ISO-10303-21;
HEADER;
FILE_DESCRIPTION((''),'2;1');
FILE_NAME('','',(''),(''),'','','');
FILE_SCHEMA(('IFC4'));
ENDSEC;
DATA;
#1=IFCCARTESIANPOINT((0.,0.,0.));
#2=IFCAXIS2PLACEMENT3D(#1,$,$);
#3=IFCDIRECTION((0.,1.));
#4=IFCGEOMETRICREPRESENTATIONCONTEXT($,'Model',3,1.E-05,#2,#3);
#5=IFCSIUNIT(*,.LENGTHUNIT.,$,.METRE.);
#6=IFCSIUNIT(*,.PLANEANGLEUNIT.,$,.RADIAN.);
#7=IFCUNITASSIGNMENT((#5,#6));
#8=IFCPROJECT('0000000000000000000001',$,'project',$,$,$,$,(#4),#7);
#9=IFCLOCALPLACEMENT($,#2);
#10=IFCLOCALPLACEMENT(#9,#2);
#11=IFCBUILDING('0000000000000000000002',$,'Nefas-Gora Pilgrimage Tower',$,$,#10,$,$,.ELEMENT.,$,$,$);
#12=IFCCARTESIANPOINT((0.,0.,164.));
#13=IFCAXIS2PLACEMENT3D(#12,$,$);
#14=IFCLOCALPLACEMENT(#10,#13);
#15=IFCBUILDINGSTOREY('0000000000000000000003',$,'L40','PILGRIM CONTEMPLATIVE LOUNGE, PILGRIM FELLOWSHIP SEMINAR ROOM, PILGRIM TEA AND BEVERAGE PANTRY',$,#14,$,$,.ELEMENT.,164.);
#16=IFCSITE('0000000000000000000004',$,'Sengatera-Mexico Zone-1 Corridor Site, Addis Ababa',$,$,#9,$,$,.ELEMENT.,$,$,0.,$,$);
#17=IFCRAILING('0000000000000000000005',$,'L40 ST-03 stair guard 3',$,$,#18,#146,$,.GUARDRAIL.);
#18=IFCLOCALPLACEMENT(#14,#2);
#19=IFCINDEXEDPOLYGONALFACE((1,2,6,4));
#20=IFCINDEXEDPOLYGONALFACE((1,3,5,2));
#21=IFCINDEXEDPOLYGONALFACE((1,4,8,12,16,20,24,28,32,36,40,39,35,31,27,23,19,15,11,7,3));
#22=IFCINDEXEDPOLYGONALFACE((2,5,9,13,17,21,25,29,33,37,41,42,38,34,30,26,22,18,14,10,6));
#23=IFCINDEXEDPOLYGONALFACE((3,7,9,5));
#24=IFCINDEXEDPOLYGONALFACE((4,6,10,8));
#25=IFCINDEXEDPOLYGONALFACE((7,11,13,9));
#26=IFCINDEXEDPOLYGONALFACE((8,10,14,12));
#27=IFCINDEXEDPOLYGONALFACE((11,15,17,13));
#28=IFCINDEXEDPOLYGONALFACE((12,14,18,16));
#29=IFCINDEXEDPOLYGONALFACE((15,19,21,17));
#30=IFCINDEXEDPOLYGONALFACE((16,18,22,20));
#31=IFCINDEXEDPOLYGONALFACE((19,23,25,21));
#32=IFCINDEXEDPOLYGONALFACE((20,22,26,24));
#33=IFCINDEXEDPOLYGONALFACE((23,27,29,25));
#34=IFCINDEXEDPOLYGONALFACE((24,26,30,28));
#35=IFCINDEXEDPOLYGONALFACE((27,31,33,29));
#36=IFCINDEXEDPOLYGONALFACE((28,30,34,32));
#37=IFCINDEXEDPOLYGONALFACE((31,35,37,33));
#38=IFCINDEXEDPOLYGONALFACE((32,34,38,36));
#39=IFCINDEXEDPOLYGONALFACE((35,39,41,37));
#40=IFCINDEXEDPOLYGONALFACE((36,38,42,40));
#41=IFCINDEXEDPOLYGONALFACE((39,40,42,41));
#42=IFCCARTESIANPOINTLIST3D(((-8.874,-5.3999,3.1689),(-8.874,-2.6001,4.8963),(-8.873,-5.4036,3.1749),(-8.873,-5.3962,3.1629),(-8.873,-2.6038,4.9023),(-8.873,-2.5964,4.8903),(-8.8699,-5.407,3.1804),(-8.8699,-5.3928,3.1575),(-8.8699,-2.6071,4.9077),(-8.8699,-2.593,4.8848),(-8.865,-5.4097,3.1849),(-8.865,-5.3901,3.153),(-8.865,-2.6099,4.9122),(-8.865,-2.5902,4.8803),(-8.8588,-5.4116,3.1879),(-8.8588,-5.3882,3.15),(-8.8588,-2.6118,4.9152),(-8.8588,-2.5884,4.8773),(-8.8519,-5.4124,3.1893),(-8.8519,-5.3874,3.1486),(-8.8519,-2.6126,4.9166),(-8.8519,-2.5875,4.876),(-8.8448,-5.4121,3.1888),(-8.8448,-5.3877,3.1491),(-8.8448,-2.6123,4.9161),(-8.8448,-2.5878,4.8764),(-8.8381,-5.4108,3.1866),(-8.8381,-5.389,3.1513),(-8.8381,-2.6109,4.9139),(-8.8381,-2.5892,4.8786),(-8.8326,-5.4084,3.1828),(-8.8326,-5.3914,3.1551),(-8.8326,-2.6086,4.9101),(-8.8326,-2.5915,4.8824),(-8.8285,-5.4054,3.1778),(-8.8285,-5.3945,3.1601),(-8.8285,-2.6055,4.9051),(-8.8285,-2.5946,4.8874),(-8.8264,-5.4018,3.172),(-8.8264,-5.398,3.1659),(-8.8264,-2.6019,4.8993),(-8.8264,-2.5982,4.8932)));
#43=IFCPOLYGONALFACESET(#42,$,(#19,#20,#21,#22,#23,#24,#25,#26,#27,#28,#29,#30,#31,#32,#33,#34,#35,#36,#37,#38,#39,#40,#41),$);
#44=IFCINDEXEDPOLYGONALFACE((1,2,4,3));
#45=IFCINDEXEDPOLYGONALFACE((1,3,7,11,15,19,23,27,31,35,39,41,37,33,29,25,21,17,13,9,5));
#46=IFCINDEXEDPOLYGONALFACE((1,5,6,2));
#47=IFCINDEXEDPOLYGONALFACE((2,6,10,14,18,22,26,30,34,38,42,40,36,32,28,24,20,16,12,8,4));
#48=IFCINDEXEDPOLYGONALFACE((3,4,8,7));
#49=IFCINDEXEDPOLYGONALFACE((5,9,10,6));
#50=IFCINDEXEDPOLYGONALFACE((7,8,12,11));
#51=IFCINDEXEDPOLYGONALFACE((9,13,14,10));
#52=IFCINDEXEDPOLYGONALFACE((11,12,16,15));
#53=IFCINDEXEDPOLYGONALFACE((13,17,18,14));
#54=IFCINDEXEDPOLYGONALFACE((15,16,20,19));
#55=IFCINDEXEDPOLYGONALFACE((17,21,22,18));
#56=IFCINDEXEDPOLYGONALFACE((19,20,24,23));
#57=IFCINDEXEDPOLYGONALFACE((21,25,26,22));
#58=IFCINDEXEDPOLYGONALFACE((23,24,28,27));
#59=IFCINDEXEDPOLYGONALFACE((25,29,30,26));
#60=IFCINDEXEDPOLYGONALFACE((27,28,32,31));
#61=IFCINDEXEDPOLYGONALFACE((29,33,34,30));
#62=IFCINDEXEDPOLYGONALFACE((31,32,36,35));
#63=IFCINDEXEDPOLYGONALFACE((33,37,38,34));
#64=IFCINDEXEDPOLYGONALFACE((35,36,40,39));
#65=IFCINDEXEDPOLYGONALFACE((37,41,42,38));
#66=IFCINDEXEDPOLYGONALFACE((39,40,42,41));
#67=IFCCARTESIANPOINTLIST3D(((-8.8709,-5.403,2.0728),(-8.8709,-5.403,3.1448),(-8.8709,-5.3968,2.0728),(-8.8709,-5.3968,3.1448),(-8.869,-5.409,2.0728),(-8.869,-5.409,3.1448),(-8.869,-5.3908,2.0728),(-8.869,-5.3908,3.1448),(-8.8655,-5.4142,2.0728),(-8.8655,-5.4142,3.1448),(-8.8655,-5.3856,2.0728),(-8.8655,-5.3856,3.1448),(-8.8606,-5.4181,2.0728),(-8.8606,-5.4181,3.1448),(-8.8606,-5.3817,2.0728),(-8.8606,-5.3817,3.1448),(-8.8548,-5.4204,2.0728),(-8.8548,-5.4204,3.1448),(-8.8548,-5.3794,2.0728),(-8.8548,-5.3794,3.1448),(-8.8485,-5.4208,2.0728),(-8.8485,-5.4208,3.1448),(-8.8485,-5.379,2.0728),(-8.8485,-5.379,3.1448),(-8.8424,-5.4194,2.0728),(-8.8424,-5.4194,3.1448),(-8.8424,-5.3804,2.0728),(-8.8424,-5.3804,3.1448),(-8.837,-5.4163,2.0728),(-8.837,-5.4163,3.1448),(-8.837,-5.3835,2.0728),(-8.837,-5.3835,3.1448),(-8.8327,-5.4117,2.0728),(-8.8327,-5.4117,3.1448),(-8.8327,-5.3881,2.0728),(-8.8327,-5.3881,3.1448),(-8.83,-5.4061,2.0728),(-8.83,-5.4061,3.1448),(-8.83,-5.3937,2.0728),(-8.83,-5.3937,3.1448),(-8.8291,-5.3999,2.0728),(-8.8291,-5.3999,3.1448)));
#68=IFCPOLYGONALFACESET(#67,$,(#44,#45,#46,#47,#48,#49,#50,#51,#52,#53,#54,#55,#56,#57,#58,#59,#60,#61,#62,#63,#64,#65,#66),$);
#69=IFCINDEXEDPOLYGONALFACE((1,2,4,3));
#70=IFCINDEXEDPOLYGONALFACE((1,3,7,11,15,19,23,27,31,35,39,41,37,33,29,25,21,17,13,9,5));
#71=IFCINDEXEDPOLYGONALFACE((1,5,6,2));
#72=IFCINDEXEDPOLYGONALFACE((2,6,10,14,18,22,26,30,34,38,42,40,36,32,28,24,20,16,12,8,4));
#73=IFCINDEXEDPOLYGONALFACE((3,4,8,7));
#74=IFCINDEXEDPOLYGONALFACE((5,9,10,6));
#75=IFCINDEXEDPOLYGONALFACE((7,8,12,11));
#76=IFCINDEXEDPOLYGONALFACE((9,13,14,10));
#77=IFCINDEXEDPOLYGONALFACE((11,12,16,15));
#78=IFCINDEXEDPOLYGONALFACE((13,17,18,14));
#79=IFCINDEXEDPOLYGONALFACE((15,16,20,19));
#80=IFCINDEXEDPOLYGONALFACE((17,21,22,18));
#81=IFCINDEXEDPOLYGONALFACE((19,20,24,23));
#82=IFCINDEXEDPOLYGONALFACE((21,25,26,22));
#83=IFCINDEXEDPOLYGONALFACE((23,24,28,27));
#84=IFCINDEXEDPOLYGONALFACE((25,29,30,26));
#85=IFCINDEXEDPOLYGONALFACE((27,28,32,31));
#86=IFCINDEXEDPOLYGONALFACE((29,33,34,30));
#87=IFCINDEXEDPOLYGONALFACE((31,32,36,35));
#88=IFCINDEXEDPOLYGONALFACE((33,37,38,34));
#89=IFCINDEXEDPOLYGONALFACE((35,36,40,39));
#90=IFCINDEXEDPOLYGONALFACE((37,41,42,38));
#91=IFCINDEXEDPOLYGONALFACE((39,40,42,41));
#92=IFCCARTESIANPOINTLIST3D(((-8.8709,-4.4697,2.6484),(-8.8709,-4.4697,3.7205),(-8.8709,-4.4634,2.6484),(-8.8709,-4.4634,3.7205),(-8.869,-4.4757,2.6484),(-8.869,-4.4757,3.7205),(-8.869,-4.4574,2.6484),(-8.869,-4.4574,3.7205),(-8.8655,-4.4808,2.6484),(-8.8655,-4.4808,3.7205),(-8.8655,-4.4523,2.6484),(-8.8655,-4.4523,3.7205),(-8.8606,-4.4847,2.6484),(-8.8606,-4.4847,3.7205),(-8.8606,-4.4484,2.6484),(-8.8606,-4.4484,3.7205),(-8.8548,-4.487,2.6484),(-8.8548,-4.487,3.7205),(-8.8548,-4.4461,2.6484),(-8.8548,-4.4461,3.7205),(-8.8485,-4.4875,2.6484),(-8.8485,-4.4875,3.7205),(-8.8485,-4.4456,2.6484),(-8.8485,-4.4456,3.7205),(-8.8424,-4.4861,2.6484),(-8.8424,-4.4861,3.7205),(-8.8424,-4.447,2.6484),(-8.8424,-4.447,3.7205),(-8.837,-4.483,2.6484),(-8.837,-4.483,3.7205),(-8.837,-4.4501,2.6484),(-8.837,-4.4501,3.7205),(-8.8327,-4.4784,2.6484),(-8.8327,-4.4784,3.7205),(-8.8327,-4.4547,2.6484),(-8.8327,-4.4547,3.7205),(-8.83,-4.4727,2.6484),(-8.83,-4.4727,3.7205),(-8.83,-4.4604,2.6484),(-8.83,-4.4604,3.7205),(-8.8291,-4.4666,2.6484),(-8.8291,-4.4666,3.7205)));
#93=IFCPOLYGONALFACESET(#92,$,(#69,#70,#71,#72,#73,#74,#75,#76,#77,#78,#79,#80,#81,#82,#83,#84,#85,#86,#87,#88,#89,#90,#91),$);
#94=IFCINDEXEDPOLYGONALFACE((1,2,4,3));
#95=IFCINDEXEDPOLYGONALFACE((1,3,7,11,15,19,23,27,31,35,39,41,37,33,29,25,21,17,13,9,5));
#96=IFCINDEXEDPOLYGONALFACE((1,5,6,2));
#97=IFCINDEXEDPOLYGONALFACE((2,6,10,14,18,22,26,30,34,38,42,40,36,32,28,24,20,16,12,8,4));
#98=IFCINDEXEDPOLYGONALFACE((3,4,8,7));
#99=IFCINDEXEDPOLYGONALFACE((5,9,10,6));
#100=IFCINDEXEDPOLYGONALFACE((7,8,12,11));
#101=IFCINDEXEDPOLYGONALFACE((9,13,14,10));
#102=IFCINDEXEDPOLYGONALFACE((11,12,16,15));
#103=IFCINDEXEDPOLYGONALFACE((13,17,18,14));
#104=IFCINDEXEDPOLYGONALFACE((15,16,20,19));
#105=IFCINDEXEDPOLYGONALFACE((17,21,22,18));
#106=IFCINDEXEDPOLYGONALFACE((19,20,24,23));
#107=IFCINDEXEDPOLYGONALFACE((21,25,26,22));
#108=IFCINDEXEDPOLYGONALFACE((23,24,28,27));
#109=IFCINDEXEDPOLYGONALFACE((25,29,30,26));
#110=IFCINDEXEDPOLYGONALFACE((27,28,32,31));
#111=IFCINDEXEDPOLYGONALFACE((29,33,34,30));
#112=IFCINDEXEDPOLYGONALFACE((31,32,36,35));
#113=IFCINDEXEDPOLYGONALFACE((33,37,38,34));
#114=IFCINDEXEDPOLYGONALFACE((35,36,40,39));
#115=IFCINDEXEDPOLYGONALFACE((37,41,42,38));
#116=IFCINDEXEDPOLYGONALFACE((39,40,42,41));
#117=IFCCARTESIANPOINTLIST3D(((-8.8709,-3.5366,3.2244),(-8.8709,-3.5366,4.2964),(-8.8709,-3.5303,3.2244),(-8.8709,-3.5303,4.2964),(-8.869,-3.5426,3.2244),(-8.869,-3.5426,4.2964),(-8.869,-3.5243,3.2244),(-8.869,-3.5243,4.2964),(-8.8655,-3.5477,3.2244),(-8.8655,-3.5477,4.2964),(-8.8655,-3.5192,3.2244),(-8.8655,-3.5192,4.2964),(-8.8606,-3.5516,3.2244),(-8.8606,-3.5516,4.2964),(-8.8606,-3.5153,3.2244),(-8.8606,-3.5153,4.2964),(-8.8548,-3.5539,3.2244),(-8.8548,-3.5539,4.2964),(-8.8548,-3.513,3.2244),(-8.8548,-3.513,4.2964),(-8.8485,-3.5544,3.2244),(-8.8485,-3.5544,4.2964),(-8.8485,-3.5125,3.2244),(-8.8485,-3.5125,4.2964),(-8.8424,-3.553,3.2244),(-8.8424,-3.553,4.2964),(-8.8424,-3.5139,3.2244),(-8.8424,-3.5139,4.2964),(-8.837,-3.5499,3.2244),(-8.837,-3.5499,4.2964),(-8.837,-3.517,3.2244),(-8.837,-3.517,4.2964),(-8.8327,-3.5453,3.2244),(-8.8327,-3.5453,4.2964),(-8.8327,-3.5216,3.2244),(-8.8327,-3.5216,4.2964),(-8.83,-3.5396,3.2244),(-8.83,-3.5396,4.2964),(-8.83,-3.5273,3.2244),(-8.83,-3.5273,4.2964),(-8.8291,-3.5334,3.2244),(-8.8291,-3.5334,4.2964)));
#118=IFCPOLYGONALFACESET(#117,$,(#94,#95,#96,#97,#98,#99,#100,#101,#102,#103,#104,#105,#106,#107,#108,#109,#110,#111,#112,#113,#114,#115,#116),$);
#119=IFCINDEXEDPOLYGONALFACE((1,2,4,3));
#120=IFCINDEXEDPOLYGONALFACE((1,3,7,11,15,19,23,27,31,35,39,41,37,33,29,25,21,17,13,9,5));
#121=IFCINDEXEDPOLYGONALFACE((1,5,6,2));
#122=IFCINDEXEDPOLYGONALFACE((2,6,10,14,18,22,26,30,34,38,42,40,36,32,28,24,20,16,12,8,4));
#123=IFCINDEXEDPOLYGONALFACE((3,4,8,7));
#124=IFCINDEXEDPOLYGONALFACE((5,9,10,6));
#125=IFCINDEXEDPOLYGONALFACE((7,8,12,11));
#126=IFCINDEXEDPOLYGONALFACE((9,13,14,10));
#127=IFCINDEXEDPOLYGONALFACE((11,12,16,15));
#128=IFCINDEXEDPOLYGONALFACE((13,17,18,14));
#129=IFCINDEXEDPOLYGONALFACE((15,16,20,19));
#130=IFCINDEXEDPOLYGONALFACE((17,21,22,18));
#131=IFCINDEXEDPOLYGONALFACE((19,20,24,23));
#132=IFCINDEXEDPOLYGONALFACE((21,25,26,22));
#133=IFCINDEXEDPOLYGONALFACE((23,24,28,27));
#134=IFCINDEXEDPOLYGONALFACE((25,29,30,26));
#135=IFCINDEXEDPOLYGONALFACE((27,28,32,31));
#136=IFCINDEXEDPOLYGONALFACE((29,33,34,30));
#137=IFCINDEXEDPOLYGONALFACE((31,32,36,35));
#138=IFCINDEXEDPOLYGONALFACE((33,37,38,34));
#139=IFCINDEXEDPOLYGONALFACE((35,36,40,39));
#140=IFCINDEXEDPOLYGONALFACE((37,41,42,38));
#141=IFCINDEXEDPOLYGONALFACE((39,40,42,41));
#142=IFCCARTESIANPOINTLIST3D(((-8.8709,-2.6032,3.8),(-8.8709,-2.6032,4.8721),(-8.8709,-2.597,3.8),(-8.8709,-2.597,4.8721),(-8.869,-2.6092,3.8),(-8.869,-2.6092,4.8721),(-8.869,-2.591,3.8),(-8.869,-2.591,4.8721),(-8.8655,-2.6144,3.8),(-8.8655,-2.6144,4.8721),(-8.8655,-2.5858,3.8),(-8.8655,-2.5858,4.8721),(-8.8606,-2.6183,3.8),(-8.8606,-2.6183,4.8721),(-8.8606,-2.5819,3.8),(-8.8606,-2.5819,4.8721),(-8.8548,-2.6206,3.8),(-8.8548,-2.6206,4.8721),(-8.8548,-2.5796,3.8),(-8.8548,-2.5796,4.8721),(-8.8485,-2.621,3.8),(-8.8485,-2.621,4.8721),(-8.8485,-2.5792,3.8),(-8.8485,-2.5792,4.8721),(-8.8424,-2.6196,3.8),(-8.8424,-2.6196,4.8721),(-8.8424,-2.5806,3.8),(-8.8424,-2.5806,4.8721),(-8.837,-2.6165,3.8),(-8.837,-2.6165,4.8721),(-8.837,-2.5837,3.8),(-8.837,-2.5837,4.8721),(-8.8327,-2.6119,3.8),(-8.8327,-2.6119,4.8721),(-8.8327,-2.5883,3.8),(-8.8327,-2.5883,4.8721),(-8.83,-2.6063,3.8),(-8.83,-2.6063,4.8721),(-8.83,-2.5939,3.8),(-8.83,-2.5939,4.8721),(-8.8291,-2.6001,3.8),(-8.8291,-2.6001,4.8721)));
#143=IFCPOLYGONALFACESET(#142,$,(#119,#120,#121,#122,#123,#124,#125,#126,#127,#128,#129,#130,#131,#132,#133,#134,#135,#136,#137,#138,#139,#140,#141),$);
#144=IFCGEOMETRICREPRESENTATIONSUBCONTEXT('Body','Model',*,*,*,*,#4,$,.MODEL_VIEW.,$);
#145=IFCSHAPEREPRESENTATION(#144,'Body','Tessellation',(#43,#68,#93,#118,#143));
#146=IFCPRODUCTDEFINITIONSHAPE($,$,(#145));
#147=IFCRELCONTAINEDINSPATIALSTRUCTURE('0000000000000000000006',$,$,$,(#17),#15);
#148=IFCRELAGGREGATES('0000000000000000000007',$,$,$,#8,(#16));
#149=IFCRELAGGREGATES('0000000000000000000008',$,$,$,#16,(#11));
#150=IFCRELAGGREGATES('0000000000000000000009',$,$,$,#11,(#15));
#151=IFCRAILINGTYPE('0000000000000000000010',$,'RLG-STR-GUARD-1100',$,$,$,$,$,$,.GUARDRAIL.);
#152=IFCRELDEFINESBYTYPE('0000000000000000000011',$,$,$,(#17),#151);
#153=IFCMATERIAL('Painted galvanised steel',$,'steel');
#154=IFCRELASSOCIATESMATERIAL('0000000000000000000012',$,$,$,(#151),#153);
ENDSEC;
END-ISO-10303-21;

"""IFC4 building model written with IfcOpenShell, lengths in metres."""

from ifc_helpers import new_model, si_unit, direction, frame, origin, origin_2d, place, context, subcontext, project, spatial, circle, extrude, material, type_object, element, save


model = new_model("IFC4")

# Units and contexts
model_context = context("Model", 3, precision=1e-05, world=origin(), true_north=direction((0.0, 1.0)))
body_context = subcontext(model_context, "Body", "Model", "MODEL_VIEW")
ifc_project = project(units=[si_unit("LENGTHUNIT", "METRE"), si_unit("PLANEANGLEUNIT", "RADIAN")], contexts=[model_context])

# Site, building, storey
site_placement = place(None, origin())
site = spatial("IfcSite", under=ifc_project, at=site_placement, Name="Sengatera-Mexico Zone-1 Corridor Site, Addis Ababa", CompositionType="ELEMENT", RefElevation=0.0)
building_placement = place(site_placement, origin())
building = spatial("IfcBuilding", under=site, at=building_placement, Name="Nefas-Gora Pilgrimage Tower", CompositionType="ELEMENT")
storey_placement = place(building_placement, frame((0.0, 0.0, 164.0)))
storey = spatial("IfcBuildingStorey", under=building, at=storey_placement, Name="L40", Description="PILGRIM CONTEMPLATIVE LOUNGE, PILGRIM FELLOWSHIP SEMINAR ROOM, PILGRIM TEA AND BEVERAGE PANTRY", CompositionType="ELEMENT", Elevation=164.0)

# Railing
ifc_material_1 = material(Name="Painted galvanised steel", Category="steel")
railing_type_1 = type_object("IfcRailingType", Name="RLG-STR-GUARD-1100", PredefinedType="GUARDRAIL", material=ifc_material_1)
railing_1_placement = place(storey_placement, frame((-8.8501, -5.3999, 2.0728)))
element("IfcRailing", 1, at=railing_1_placement, inside=storey, type_object=railing_type_1, Name="L40 ST-03 stair guard 3", PredefinedType="GUARDRAIL", context=body_context, shape_type="SweptSolid", body=[
    extrude(circle(Radius=0.0239, at=origin_2d()), frame((0.0, 0.0, 1.0962), z_axis=(0.0, 0.851069, 0.525054), x_axis=(-1.0, 0.0, 0.0)), (0.0, 0.0, 1.0), 3.2898),
    extrude(circle(Radius=0.021, at=origin_2d()), origin(), (0.0, 0.0, 1.0), 1.072),
    extrude(circle(Radius=0.021, at=origin_2d()), frame((0.0, 0.9333, 0.5757)), (0.0, 0.0, 1.0), 1.072),
    extrude(circle(Radius=0.021, at=origin_2d()), frame((0.0, 1.8665, 1.1516)), (0.0, 0.0, 1.0), 1.072),
    extrude(circle(Radius=0.021, at=origin_2d()), frame((0.0, 2.7998, 1.7273)), (0.0, 0.0, 1.0), 1.072),
])

save(model, "model.ifc")
